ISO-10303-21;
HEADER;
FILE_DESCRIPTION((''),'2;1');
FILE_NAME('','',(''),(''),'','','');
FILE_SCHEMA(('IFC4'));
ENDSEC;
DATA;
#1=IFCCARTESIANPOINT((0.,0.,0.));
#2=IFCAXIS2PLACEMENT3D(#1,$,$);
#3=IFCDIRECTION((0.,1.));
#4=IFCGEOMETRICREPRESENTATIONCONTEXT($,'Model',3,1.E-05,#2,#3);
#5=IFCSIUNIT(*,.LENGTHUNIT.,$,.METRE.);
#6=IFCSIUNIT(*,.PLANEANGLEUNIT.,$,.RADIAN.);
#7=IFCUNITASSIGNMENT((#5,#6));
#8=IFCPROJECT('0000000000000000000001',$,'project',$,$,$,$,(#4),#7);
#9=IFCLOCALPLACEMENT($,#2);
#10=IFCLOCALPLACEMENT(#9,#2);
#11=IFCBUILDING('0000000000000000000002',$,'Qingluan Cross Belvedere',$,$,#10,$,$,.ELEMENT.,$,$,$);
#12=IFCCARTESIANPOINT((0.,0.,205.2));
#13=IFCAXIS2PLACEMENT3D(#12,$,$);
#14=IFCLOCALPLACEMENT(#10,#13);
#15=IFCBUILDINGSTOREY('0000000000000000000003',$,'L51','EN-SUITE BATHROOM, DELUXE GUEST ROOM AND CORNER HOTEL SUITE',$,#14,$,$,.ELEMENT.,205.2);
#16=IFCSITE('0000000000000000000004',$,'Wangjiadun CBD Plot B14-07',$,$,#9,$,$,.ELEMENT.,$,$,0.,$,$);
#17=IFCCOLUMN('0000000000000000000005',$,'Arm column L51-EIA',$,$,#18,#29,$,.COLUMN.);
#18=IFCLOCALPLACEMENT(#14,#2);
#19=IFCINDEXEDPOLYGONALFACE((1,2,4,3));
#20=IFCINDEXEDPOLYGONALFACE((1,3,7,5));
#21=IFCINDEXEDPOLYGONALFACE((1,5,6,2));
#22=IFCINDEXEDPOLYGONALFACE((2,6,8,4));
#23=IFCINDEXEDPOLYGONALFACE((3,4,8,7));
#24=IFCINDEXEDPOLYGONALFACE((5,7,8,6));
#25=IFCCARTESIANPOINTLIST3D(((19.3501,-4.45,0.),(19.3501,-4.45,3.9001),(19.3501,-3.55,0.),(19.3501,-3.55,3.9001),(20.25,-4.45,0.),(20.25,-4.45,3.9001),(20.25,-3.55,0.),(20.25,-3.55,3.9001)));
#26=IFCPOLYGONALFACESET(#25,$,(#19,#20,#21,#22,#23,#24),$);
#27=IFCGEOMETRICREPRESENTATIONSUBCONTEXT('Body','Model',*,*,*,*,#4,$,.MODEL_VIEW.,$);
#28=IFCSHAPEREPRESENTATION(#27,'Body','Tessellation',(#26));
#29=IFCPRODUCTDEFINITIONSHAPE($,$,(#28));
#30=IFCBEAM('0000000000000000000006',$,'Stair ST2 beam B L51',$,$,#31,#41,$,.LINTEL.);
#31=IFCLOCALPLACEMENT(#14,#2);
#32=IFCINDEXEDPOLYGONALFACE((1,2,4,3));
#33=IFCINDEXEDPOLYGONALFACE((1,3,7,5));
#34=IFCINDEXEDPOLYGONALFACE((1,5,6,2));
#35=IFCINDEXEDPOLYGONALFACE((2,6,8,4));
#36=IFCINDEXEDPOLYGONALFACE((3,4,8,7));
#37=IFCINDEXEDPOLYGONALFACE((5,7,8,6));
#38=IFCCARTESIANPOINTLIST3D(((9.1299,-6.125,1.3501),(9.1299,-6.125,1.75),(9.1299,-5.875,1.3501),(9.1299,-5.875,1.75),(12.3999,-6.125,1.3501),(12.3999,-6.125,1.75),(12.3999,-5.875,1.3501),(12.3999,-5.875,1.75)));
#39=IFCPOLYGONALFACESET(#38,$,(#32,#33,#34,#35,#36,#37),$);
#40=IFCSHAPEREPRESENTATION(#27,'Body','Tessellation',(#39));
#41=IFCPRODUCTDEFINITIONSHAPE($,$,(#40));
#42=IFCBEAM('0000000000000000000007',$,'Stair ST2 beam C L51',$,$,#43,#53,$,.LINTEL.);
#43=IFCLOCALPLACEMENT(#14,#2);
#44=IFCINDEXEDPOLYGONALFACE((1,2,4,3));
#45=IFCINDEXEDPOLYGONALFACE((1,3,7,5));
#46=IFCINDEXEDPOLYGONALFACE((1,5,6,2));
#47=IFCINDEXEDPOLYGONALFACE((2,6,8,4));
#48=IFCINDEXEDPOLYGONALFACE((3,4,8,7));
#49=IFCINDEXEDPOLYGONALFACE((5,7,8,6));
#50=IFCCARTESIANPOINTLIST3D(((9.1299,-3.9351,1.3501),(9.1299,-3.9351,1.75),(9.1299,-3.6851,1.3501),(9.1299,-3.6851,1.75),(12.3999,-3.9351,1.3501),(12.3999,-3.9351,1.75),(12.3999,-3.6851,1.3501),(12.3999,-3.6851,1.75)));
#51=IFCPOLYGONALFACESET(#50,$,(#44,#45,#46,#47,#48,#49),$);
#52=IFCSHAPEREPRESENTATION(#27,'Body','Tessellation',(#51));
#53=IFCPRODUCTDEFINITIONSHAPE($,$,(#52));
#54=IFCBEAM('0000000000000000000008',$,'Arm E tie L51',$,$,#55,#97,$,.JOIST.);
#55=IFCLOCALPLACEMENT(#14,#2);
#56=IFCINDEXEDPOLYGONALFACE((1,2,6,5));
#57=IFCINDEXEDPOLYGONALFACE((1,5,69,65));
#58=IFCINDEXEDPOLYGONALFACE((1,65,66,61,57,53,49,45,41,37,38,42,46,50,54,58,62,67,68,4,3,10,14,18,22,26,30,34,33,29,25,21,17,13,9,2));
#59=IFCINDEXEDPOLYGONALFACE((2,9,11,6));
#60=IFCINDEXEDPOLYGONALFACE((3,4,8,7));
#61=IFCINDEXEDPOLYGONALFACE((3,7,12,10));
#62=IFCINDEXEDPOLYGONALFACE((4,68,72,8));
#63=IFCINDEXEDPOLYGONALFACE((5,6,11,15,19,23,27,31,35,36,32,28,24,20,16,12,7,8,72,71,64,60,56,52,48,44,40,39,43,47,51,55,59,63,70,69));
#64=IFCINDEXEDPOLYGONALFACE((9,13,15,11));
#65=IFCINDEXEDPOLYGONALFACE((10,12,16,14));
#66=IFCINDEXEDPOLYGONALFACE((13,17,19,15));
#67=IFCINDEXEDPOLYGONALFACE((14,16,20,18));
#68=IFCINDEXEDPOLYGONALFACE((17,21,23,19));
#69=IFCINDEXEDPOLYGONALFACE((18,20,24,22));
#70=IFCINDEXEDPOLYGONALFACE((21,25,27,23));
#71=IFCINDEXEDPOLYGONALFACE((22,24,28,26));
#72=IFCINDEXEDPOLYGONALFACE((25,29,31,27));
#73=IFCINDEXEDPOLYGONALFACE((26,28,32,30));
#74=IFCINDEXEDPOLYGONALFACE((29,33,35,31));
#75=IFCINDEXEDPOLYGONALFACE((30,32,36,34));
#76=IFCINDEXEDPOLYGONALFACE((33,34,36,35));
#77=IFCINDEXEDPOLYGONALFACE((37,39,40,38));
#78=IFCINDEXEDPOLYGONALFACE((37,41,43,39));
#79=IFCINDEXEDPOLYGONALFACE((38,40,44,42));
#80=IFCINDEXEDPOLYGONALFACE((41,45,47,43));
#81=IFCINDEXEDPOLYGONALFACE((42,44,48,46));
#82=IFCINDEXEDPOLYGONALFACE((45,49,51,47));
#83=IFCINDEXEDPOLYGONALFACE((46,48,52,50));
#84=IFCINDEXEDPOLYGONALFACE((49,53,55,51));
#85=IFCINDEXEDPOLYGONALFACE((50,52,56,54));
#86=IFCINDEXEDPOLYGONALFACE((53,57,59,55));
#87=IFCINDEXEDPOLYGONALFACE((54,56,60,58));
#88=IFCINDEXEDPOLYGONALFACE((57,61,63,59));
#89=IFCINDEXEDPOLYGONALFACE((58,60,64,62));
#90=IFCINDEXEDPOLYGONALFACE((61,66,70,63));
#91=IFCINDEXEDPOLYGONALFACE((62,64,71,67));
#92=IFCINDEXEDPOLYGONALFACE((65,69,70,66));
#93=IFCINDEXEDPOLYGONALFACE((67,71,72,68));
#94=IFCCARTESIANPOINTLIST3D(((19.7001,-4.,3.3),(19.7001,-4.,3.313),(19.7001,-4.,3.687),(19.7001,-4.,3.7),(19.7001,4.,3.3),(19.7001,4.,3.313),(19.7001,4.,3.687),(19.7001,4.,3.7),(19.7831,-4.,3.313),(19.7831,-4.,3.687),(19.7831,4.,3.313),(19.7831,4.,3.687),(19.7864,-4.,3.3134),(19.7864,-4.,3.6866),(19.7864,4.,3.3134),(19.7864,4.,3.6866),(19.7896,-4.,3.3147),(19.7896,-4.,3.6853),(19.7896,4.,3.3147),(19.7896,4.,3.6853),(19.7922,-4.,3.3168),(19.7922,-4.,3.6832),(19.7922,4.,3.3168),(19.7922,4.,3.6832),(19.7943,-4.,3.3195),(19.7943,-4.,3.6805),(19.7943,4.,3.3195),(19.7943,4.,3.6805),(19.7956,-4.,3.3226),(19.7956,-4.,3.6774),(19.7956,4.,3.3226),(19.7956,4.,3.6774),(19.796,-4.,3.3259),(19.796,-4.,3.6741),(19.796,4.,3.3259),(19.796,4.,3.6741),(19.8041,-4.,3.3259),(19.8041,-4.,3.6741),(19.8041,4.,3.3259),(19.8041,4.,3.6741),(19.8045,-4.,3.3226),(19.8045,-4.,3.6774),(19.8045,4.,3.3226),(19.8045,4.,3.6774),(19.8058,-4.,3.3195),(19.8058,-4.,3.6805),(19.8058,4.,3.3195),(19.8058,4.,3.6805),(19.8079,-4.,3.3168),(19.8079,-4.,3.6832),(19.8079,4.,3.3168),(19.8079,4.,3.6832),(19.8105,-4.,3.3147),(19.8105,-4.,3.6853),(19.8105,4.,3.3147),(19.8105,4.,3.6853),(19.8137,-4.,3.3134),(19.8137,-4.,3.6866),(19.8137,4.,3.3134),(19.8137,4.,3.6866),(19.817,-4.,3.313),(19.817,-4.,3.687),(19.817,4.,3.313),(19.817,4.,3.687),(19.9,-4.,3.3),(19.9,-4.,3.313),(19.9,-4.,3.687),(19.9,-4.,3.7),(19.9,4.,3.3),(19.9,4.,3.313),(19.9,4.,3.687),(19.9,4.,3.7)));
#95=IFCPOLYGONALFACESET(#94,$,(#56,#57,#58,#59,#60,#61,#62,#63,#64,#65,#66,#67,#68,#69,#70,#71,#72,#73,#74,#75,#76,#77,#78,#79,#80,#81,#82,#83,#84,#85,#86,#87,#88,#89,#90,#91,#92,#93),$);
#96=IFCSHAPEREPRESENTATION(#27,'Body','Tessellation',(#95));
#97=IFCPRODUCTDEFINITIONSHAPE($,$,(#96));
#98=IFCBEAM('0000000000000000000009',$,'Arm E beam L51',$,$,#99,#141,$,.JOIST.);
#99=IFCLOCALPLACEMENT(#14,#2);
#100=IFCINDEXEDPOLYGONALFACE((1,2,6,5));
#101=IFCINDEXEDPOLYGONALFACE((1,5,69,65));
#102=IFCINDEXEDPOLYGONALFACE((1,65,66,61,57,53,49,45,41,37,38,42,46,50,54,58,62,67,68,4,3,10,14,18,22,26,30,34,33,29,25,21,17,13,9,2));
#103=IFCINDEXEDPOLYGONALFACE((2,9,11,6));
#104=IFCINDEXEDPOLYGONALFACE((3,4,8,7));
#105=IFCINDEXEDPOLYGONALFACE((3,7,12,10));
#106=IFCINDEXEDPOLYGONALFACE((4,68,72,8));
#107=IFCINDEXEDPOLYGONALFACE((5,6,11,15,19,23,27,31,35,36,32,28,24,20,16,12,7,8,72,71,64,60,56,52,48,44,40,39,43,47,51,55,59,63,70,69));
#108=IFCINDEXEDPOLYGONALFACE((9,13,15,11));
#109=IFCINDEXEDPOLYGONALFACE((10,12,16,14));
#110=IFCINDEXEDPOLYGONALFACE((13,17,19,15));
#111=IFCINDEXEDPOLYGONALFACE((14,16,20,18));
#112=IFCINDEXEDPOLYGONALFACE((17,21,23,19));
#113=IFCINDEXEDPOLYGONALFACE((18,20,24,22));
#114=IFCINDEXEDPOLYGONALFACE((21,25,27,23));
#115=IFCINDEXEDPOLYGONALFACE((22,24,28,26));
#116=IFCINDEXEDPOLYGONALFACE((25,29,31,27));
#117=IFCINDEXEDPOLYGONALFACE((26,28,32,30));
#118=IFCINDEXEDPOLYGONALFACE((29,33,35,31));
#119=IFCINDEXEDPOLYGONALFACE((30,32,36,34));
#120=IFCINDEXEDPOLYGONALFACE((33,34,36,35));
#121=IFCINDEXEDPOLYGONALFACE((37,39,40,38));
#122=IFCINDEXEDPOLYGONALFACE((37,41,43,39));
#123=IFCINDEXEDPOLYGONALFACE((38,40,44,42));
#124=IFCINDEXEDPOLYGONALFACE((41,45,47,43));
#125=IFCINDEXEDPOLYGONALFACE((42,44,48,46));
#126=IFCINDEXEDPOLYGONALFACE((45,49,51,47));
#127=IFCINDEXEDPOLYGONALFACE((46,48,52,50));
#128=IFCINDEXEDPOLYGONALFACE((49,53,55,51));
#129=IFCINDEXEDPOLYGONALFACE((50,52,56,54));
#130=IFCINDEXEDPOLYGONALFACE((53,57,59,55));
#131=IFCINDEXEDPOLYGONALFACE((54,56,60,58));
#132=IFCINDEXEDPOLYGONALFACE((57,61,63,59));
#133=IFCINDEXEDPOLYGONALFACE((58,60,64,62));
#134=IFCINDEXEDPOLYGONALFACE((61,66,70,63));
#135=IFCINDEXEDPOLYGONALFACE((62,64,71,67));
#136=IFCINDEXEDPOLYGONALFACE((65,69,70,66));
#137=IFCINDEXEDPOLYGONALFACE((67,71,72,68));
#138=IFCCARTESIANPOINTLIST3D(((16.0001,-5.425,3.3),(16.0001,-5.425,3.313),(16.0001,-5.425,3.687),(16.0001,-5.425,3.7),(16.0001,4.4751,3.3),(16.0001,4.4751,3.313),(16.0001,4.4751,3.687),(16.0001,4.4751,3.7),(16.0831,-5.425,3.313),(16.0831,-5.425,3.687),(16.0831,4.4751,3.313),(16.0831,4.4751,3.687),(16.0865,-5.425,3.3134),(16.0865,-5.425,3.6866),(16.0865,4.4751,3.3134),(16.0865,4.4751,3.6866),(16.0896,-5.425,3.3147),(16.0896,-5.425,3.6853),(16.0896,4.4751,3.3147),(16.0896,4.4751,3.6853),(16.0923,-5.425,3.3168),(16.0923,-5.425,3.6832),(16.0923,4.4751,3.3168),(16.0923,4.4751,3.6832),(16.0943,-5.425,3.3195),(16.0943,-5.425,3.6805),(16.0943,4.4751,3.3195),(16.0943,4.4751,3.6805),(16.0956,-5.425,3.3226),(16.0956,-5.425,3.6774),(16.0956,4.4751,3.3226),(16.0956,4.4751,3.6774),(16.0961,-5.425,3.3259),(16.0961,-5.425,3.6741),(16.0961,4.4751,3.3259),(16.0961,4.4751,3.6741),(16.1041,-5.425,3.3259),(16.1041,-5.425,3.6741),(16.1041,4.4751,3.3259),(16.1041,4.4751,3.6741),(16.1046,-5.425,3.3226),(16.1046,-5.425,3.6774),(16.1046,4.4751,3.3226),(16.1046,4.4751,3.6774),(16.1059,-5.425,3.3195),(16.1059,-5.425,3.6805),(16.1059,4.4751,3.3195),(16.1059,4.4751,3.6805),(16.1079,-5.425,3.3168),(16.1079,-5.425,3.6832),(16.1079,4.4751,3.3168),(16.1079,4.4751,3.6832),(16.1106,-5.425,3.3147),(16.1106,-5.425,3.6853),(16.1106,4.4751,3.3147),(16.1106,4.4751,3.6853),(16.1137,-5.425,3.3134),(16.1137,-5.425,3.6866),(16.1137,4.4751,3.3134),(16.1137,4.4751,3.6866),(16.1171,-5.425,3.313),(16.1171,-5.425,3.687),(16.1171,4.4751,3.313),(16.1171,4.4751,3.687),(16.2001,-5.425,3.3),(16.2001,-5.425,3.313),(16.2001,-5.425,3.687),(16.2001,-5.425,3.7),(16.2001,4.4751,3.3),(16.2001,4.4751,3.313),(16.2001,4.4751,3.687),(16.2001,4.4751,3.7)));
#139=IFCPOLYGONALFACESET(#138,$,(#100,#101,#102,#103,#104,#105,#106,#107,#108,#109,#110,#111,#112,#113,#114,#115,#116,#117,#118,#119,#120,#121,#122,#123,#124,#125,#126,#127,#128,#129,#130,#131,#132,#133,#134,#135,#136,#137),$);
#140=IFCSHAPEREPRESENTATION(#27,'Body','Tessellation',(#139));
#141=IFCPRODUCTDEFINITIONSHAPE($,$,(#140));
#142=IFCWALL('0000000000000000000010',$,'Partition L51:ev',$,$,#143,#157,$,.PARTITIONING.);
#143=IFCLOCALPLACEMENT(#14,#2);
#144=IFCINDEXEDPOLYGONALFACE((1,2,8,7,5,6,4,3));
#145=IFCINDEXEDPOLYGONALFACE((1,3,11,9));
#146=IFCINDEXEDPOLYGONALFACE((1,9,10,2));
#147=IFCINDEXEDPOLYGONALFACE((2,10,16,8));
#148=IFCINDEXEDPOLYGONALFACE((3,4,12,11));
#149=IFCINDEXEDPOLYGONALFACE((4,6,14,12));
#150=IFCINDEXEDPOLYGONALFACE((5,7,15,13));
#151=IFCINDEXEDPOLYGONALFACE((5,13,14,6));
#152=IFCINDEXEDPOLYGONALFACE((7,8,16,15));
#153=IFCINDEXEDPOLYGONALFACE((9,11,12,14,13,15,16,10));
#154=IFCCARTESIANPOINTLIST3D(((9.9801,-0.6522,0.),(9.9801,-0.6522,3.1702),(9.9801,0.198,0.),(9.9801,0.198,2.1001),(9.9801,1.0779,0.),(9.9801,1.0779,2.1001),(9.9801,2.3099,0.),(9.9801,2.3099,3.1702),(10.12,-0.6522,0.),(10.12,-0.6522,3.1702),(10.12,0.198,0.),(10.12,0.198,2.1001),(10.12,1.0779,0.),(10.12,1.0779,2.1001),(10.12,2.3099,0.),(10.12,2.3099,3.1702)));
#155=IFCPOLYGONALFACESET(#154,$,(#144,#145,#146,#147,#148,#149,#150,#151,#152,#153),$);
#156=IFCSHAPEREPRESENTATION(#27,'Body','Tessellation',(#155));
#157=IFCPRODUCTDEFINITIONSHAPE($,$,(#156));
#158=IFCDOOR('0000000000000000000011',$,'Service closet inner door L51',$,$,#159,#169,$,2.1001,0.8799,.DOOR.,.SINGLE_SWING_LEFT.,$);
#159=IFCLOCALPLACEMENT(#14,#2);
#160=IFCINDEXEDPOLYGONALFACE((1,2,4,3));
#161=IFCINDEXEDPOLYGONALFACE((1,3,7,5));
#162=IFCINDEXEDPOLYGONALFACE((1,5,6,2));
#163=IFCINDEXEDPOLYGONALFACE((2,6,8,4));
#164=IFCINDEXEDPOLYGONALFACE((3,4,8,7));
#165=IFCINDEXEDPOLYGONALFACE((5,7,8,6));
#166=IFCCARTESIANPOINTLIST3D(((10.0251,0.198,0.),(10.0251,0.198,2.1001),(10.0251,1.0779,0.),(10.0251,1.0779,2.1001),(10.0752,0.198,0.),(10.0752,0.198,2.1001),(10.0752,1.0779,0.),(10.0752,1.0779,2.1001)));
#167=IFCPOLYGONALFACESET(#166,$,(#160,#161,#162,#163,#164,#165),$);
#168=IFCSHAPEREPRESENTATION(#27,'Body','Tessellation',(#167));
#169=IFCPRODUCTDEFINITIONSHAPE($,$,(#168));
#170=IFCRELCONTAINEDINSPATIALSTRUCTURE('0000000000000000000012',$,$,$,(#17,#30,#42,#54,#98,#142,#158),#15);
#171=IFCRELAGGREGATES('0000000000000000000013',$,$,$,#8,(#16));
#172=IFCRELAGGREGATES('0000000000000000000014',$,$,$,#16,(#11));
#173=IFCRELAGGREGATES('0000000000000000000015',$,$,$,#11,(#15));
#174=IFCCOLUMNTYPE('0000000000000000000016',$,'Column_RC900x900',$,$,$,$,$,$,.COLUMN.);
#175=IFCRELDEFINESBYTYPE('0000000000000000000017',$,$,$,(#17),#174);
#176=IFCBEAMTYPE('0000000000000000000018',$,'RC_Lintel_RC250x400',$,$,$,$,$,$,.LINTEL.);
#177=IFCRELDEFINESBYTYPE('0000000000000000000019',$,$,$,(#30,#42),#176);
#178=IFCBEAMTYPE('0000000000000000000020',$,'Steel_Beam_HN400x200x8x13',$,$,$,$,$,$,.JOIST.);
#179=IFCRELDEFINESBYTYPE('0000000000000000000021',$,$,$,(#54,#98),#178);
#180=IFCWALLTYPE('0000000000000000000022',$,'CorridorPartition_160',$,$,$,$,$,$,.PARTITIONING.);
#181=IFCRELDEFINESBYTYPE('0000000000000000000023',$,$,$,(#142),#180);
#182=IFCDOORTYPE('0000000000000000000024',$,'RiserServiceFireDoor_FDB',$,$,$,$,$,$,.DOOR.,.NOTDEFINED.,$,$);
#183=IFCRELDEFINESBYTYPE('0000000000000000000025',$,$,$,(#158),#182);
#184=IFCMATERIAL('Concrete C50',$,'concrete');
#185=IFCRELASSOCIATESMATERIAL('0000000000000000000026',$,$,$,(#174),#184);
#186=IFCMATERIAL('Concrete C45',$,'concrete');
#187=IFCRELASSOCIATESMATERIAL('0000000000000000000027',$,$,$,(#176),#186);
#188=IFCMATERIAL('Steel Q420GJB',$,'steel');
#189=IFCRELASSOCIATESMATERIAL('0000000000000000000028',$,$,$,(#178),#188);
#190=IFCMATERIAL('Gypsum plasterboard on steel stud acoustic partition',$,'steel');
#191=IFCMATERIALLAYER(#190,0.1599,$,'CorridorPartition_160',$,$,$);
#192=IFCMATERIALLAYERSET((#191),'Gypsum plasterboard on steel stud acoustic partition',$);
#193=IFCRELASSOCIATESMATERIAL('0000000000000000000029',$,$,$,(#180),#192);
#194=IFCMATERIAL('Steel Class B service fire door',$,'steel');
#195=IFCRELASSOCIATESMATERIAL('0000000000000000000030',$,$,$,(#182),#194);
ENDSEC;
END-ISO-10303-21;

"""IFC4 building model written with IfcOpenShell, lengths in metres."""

from ifc_helpers import new_model, si_unit, direction, frame, frame_2d, origin, origin_2d, place, context, subcontext, project, spatial, rectangle, i_section, extrude, material, layer, layer_set, material_profile, profile_set, type_object, element, fill, save


model = new_model("IFC4")

# Units and contexts
model_context = context("Model", 3, precision=1e-05, world=origin(), true_north=direction((0.0, 1.0)))
body_context = subcontext(model_context, "Body", "Model", "MODEL_VIEW")
ifc_project = project(units=[si_unit("LENGTHUNIT", "METRE"), si_unit("PLANEANGLEUNIT", "RADIAN")], contexts=[model_context])

# Site, building, storey
site_placement = place(None, origin())
site = spatial("IfcSite", under=ifc_project, at=site_placement, Name="Wangjiadun CBD Plot B14-07", CompositionType="ELEMENT", RefElevation=0.0)
building_placement = place(site_placement, origin())
building = spatial("IfcBuilding", under=site, at=building_placement, Name="Qingluan Cross Belvedere", CompositionType="ELEMENT")
storey_placement = place(building_placement, frame((0.0, 0.0, 205.2)))
storey = spatial("IfcBuildingStorey", under=building, at=storey_placement, Name="L51", Description="EN-SUITE BATHROOM, DELUXE GUEST ROOM AND CORNER HOTEL SUITE", CompositionType="ELEMENT", Elevation=205.2)

# Column
ifc_material_1 = material(Name="Concrete C50", Category="concrete")
ifc_material_profile_1 = material_profile(ifc_material_1, rectangle(XDim=0.8999, YDim=0.8999, at=origin_2d()), Name="RC900x900")
ifc_profile_set_1 = profile_set([ifc_material_profile_1], Name="Concrete C50")
column_type = type_object("IfcColumnType", Name="Column_RC900x900", PredefinedType="COLUMN", material=ifc_profile_set_1)
column_placement = place(storey_placement, frame((19.8, -4.0, 0.0), z_axis=(0.0, 0.0, 1.0), x_axis=(1.0, 0.0, 0.0)))
element("IfcColumn", 1, at=column_placement, inside=storey, type_object=column_type, Name="Arm column L51-EIA", PredefinedType="COLUMN", context=body_context, shape_type="SweptSolid", body=[
    extrude(rectangle(XDim=0.8999, YDim=0.8999, at=origin_2d()), origin(), (0.0, 0.0, 1.0), 3.9001),
])

# Beams
ifc_material_2 = material(Name="Concrete C45", Category="concrete")
ifc_material_profile_2 = material_profile(ifc_material_2, rectangle(XDim=0.25, YDim=0.3999, at=origin_2d()), Name="RC250x400")
ifc_profile_set_2 = profile_set([ifc_material_profile_2], Name="Concrete C45")
beam_type_1 = type_object("IfcBeamType", Name="RC_Lintel_RC250x400", PredefinedType="LINTEL", material=ifc_profile_set_2)
for number, where, z_axis, x_axis, name in (
    (2, (12.3999, -6.0, 1.55), (-1.0, 0.0, 0.0), (0.0, -1.0, 0.0), "Stair ST2 beam B L51"),
    (3, (12.3999, -3.8101, 1.55), (-1.0, 0.0, 0.0), (0.0, -1.0, 0.0), "Stair ST2 beam C L51"),
):
    element("IfcBeam", number, at=place(storey_placement, frame(where, z_axis=z_axis, x_axis=x_axis)), inside=storey, type_object=beam_type_1, Name=name, PredefinedType="LINTEL", context=body_context, shape_type="SweptSolid", body=[
        extrude(rectangle(XDim=0.25, YDim=0.3999, at=origin_2d()), origin(), (0.0, 0.0, 1.0), 3.27),
    ])
ifc_material_3 = material(Name="Steel Q420GJB", Category="steel")
ifc_material_profile_3 = material_profile(ifc_material_3, i_section(OverallWidth=0.2, OverallDepth=0.3999, WebThickness=0.0081, FlangeThickness=0.0129, FilletRadius=0.0129, at=origin_2d()), Name="HN400x200x8x13")
ifc_profile_set_3 = profile_set([ifc_material_profile_3], Name="Steel Q420GJB")
beam_type_2 = type_object("IfcBeamType", Name="Steel_Beam_HN400x200x8x13", PredefinedType="JOIST", material=ifc_profile_set_3)
beam_1_placement = place(storey_placement, frame((19.8, -4.0, 3.5), z_axis=(0.0, 1.0, 0.0), x_axis=(-1.0, 0.0, 0.0)))
element("IfcBeam", 4, at=beam_1_placement, inside=storey, type_object=beam_type_2, Name="Arm E tie L51", PredefinedType="JOIST", context=body_context, shape_type="SweptSolid", body=[
    extrude(i_section(OverallWidth=0.2, OverallDepth=0.3999, WebThickness=0.0081, FlangeThickness=0.0129, FilletRadius=0.0129, at=origin_2d()), origin(), (0.0, 0.0, 1.0), 8.0),
])
beam_2_placement = place(storey_placement, frame((16.1001, -5.425, 3.5), z_axis=(0.0, 1.0, 0.0), x_axis=(-1.0, 0.0, 0.0)))
element("IfcBeam", 5, at=beam_2_placement, inside=storey, type_object=beam_type_2, Name="Arm E beam L51", PredefinedType="JOIST", context=body_context, shape_type="SweptSolid", body=[
    extrude(i_section(OverallWidth=0.2, OverallDepth=0.3999, WebThickness=0.0081, FlangeThickness=0.0129, FilletRadius=0.0129, at=origin_2d()), origin(), (0.0, 0.0, 1.0), 9.9001),
])

# Wall, opening, door
ifc_material_4 = material(Name="Gypsum plasterboard on steel stud acoustic partition", Category="steel")
ifc_layer_1 = layer(ifc_material_4, 0.1599, Name="CorridorPartition_160")
ifc_layer_set_1 = layer_set([ifc_layer_1], Name="Gypsum plasterboard on steel stud acoustic partition")
wall_type_1 = type_object("IfcWallType", Name="CorridorPartition_160", PredefinedType="PARTITIONING", material=ifc_layer_set_1)
wall_1_placement = place(storey_placement, frame((10.05, -0.6521, 0.0), z_axis=(0.0, 0.0, 1.0), x_axis=(0.0, 1.0, 0.0)))
wall_1 = element("IfcWall", 6, at=wall_1_placement, inside=storey, type_object=wall_type_1, Name="Partition L51:ev", PredefinedType="PARTITIONING", context=body_context, shape_type="SweptSolid", body=[
    extrude(rectangle(XDim=2.9622, YDim=0.1399, at=frame_2d((1.481, 0.0))), origin(), (0.0, 0.0, 1.0), 3.1702),
])
opening_1_placement = place(wall_1_placement, frame((0.8501, 0.0, 0.0)))
opening_1 = element("IfcOpeningElement", 7, at=opening_1_placement, cuts=wall_1, PredefinedType="OPENING", context=body_context, shape_type="SweptSolid", body=[
    extrude(rectangle(XDim=0.8799, YDim=2.1001, at=frame_2d((0.4399, 1.05))), frame((0.0, 0.0798, 0.0), z_axis=(0.0, -1.0, 0.0), x_axis=(1.0, 0.0, 0.0)), (0.0, 0.0, 1.0), 0.1599),
])
ifc_material_5 = material(Name="Steel Class B service fire door", Category="steel")
door_type_1 = type_object("IfcDoorType", Name="RiserServiceFireDoor_FDB", OperationType="NOTDEFINED", PredefinedType="DOOR", material=ifc_material_5)
door_1_placement = place(opening_1_placement, origin())
door_1 = element("IfcDoor", 8, at=door_1_placement, inside=storey, type_object=door_type_1, Name="Service closet inner door L51", OperationType="SINGLE_SWING_LEFT", OverallHeight=2.1001, OverallWidth=0.8799, PredefinedType="DOOR", context=body_context, shape_type="SweptSolid", body=[
    extrude(rectangle(XDim=0.8799, YDim=2.1001, at=frame_2d((0.4399, 1.05))), frame((0.0, 0.0249, 0.0), z_axis=(0.0, -1.0, 0.0), x_axis=(1.0, 0.0, 0.0)), (0.0, 0.0, 1.0), 0.05),
])
fill(opening_1, door_1)

save(model, "model.ifc")
